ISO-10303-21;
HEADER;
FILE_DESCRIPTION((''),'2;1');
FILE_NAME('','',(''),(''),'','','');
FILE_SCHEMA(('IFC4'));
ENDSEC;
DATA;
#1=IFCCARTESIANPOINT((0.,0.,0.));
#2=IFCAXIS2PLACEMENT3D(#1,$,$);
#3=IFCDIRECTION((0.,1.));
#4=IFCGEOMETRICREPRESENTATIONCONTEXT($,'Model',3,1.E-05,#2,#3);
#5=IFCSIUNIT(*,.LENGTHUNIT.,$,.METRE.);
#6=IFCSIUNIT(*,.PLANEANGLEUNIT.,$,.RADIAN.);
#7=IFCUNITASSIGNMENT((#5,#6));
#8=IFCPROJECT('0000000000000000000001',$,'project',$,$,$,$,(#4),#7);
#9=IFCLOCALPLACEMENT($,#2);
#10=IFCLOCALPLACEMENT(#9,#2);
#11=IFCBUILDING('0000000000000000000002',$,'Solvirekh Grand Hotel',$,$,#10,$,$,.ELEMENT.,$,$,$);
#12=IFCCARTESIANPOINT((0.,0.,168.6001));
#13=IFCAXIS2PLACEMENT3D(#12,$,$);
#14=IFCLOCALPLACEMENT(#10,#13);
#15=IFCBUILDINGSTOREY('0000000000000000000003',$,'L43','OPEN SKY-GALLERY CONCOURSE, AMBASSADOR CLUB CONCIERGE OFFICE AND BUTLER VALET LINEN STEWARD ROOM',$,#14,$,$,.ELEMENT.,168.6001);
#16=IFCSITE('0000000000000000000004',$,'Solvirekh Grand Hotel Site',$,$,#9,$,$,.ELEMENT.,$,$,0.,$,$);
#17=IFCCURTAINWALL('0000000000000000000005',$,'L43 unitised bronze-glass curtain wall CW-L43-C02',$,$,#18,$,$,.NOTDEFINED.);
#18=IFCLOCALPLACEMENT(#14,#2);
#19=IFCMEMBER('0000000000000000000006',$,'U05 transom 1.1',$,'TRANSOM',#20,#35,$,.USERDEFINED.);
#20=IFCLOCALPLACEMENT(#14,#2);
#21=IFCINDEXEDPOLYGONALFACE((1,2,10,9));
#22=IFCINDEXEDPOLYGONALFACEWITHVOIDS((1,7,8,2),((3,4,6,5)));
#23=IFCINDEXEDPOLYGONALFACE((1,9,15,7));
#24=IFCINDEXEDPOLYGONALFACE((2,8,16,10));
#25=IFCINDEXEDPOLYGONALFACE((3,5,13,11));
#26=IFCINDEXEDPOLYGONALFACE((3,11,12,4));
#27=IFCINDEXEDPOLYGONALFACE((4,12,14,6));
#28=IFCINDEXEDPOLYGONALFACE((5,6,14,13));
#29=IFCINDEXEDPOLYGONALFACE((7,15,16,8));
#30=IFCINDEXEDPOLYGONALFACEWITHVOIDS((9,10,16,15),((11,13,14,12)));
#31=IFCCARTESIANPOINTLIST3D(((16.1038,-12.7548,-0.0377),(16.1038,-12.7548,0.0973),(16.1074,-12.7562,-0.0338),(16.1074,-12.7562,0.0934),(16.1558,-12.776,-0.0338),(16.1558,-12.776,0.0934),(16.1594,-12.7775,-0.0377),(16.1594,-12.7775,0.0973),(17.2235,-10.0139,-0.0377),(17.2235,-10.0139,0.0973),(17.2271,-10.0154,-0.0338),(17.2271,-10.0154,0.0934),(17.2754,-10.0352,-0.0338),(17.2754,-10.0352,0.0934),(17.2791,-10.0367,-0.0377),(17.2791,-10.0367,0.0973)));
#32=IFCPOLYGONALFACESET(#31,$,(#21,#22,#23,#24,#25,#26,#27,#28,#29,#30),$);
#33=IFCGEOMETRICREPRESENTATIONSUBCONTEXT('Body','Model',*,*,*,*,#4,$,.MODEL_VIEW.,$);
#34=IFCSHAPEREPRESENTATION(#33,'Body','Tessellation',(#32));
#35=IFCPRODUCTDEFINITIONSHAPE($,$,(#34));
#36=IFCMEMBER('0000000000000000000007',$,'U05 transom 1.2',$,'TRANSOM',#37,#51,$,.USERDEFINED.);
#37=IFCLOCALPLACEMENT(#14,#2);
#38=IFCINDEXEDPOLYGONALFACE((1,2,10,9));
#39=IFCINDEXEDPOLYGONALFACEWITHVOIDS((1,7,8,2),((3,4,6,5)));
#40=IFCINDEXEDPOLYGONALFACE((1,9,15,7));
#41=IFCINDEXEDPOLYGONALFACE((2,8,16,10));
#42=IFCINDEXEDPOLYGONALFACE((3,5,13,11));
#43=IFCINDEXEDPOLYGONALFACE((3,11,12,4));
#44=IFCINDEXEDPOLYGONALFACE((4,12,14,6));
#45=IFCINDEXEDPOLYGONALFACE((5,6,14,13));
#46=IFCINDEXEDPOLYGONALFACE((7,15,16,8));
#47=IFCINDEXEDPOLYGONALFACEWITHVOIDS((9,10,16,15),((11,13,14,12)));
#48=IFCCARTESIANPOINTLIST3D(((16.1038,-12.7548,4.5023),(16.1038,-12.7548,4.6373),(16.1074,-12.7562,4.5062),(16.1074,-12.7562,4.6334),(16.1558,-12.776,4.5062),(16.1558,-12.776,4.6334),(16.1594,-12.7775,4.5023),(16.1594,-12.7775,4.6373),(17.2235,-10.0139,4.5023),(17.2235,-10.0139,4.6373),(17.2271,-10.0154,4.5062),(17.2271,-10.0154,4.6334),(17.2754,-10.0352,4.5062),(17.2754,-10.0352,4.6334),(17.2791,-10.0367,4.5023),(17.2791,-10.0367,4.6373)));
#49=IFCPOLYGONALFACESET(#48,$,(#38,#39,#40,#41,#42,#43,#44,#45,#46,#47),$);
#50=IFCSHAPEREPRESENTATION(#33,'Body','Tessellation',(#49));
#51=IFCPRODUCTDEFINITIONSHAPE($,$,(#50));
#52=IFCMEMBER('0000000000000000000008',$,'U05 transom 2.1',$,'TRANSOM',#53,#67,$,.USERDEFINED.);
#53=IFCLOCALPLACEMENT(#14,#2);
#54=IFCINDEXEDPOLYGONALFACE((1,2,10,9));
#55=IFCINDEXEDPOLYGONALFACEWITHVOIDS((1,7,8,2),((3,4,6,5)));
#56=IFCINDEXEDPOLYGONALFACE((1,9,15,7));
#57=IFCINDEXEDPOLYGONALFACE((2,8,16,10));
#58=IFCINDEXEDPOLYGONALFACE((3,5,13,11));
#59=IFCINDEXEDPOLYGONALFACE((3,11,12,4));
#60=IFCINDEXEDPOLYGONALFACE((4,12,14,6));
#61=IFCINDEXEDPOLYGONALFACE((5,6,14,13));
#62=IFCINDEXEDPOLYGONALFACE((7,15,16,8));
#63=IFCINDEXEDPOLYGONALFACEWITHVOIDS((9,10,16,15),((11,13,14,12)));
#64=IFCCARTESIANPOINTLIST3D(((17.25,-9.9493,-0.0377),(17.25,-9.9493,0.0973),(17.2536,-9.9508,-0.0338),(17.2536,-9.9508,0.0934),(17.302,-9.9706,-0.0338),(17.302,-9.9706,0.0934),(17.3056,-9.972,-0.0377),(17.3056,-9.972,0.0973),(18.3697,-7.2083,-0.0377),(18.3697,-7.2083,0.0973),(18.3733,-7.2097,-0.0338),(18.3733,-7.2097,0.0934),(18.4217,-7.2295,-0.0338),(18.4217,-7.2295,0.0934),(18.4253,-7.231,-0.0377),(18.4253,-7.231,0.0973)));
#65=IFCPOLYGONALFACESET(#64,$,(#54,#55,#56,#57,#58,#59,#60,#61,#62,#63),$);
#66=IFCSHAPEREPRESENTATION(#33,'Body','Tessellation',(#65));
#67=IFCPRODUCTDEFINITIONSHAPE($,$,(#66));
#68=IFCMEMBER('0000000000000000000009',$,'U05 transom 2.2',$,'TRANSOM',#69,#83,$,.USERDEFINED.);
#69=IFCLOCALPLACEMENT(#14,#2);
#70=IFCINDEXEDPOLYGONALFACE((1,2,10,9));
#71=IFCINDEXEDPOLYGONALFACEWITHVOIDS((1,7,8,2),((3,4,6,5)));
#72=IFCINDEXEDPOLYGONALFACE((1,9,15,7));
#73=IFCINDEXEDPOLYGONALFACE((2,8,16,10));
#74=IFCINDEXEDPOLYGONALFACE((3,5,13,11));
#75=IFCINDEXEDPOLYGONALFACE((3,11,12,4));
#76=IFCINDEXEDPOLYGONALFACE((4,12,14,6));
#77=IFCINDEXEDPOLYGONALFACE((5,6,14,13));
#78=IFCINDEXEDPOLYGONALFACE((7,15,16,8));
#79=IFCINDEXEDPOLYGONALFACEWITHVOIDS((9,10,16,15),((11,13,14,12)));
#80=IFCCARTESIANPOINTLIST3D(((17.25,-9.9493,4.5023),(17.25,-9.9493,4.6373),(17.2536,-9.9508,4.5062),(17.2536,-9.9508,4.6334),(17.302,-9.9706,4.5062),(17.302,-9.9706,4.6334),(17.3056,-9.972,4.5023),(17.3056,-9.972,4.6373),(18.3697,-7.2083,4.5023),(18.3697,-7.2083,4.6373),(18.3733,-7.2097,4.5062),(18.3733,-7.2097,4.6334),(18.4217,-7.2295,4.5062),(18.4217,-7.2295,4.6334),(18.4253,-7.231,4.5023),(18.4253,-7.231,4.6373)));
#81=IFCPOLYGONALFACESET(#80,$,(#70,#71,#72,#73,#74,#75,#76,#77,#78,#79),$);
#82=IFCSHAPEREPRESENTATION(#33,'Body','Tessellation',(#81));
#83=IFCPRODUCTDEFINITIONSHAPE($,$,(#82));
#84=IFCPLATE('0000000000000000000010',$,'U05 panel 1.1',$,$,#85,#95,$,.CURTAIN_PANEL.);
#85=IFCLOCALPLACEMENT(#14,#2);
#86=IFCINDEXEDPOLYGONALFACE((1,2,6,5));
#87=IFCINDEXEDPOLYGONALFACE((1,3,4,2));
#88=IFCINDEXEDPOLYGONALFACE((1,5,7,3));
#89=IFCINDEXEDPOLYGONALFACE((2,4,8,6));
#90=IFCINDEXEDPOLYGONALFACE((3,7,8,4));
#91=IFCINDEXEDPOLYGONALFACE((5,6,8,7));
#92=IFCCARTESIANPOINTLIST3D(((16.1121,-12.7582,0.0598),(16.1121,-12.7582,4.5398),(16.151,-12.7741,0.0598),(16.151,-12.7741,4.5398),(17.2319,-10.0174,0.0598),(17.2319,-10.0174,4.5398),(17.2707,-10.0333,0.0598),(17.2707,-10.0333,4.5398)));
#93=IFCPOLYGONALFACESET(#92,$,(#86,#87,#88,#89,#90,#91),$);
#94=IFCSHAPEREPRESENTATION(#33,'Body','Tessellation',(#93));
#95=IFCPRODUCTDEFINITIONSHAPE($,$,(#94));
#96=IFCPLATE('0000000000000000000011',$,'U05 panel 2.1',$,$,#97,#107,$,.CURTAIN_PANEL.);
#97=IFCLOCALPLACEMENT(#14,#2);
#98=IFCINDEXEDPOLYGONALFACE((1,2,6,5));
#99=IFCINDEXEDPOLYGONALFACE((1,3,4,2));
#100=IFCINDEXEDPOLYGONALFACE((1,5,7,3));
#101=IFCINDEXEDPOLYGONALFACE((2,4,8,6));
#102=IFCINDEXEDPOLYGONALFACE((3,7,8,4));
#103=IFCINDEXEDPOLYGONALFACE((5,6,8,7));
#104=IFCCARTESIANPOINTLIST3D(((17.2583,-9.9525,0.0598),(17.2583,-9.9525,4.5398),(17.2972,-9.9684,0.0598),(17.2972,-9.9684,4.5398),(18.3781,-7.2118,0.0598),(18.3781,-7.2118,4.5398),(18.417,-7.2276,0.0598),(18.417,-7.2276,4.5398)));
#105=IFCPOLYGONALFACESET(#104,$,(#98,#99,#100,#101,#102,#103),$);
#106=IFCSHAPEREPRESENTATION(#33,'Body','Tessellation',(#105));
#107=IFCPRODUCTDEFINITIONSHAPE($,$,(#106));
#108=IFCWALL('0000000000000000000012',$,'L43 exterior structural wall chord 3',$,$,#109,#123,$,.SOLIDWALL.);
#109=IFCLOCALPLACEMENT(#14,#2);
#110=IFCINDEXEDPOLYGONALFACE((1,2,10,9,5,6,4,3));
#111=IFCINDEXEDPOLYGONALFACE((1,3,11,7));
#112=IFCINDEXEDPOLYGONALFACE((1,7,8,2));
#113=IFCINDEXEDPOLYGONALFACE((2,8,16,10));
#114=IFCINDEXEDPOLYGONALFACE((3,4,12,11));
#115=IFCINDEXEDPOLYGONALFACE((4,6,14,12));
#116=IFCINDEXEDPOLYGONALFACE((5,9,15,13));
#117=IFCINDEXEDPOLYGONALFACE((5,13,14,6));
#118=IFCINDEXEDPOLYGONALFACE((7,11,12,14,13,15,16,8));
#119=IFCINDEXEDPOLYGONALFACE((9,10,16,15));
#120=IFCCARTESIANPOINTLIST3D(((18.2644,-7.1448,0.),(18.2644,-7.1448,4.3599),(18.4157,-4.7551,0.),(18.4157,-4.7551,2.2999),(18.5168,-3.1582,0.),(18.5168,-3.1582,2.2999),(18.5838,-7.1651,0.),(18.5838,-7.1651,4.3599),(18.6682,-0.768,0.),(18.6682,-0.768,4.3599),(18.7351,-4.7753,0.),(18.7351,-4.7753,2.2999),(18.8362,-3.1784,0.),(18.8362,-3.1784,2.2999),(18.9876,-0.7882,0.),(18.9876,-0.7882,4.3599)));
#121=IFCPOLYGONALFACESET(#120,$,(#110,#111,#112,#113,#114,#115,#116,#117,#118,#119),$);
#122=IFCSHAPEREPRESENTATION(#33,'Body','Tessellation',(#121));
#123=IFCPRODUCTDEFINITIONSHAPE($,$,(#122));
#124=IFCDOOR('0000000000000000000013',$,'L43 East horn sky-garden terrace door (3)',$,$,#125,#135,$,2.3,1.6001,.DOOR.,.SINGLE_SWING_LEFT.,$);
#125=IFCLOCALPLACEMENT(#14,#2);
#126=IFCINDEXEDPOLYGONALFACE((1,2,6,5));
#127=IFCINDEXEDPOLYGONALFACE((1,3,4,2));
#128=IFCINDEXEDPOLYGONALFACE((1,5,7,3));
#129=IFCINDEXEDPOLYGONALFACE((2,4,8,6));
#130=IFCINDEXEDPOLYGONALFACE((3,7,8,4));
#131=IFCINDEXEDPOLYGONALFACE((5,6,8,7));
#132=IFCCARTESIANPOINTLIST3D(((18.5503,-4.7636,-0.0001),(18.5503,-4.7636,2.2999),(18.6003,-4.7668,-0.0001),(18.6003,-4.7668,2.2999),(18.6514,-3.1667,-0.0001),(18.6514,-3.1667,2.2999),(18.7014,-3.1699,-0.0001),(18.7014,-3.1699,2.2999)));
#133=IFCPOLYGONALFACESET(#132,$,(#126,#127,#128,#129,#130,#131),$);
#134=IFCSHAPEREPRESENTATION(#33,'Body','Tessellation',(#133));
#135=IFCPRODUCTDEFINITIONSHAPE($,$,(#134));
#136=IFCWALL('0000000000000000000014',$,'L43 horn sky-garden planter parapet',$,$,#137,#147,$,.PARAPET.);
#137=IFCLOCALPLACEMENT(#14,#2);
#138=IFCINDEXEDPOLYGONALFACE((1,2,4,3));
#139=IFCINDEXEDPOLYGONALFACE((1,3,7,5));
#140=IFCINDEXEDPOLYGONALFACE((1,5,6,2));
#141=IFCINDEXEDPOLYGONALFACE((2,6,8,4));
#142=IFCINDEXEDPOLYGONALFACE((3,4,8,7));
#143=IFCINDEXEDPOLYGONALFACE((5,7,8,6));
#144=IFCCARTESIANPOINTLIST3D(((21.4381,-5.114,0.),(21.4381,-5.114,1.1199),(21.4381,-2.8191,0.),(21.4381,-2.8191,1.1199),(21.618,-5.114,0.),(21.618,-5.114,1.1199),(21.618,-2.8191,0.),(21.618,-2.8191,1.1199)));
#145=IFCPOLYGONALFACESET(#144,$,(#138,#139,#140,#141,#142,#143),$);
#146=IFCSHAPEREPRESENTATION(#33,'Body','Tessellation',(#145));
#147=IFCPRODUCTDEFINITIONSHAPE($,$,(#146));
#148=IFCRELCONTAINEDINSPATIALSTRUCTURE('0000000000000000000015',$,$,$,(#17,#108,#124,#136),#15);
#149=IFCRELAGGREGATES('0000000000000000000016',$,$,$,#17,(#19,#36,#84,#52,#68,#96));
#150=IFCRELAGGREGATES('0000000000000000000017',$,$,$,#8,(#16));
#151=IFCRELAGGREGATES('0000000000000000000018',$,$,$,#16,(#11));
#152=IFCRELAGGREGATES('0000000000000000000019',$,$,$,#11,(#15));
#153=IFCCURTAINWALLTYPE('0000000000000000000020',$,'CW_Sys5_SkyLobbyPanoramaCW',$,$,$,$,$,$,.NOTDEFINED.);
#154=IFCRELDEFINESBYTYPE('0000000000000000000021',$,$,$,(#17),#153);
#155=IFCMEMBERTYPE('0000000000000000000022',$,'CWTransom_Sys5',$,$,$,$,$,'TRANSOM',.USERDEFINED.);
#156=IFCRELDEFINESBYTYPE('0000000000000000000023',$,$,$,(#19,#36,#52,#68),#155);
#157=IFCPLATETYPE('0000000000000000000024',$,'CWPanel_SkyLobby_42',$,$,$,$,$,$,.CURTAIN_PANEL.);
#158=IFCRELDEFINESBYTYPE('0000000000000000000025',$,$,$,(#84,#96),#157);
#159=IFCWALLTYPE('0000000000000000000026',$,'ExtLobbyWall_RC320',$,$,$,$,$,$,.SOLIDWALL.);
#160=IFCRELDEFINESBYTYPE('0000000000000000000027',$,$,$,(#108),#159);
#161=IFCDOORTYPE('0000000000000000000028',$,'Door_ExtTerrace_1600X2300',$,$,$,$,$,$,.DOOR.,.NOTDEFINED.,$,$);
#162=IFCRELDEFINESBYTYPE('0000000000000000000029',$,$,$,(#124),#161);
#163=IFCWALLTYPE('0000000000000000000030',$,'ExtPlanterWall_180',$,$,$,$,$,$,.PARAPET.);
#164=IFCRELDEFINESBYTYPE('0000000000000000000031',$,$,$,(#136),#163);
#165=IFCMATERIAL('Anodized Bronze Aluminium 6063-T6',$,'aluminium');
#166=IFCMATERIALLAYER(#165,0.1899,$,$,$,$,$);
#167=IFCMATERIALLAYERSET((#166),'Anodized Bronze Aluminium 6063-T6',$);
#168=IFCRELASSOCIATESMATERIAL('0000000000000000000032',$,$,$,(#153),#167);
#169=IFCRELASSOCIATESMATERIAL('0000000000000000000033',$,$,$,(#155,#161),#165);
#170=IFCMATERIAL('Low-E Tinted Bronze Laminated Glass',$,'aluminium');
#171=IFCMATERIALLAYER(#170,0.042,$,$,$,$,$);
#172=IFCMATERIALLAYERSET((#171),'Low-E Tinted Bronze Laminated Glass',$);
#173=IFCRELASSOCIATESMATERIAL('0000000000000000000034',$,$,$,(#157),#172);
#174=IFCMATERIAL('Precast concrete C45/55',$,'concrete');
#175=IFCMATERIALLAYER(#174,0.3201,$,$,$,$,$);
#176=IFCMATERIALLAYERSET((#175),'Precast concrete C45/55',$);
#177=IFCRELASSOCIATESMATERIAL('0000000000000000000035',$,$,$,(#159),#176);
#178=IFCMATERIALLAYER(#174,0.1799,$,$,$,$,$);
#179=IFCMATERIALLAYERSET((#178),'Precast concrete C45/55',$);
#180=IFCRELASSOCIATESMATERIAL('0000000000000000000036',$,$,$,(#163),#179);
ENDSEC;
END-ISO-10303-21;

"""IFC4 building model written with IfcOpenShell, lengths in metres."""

from ifc_helpers import new_model, si_unit, direction, frame, frame_2d, origin, origin_2d, place, context, subcontext, project, spatial, rectangle, hollow_rectangle, extrude, source, transform, mapped, material, layer, layer_set, material_profile, profile_set, type_object, element, fill, aggregate, save


model = new_model("IFC4")

# Units and contexts
model_context = context("Model", 3, precision=1e-05, world=origin(), true_north=direction((0.0, 1.0)))
body_context = subcontext(model_context, "Body", "Model", "MODEL_VIEW")
ifc_project = project(units=[si_unit("LENGTHUNIT", "METRE"), si_unit("PLANEANGLEUNIT", "RADIAN")], contexts=[model_context])

# Site, building, storey
site_placement = place(None, origin())
site = spatial("IfcSite", under=ifc_project, at=site_placement, Name="Solvirekh Grand Hotel Site", CompositionType="ELEMENT", RefElevation=0.0)
building_placement = place(site_placement, origin())
building = spatial("IfcBuilding", under=site, at=building_placement, Name="Solvirekh Grand Hotel", CompositionType="ELEMENT")
storey_placement = place(building_placement, frame((0.0, 0.0, 168.6001)))
storey = spatial("IfcBuildingStorey", under=building, at=storey_placement, Name="L43", Description="OPEN SKY-GALLERY CONCOURSE, AMBASSADOR CLUB CONCIERGE OFFICE AND BUTLER VALET LINEN STEWARD ROOM", CompositionType="ELEMENT", Elevation=168.6001)

# Curtain wall, members, plates
ifc_material_1 = material(Name="Anodized Bronze Aluminium 6063-T6", Category="aluminium")
ifc_layer_1 = layer(ifc_material_1, 0.1899)
ifc_layer_set_1 = layer_set([ifc_layer_1], Name="Anodized Bronze Aluminium 6063-T6")
curtain_wall_type = type_object("IfcCurtainWallType", Name="CW_Sys5_SkyLobbyPanoramaCW", PredefinedType="NOTDEFINED", material=ifc_layer_set_1)
curtain_wall_placement = place(storey_placement, origin())
curtain_wall = element("IfcCurtainWall", 1, at=curtain_wall_placement, inside=storey, type_object=curtain_wall_type, Name="L43 unitised bronze-glass curtain wall CW-L43-C02", PredefinedType="NOTDEFINED")
ifc_material_profile_1 = material_profile(ifc_material_1, hollow_rectangle(XDim=0.0601, YDim=0.135, WallThickness=0.0039, at=origin_2d()), Name="ALU RHS 135X60X4")
ifc_profile_set_1 = profile_set([ifc_material_profile_1], Name="Anodized Bronze Aluminium 6063-T6")
member_type_1 = type_object("IfcMemberType", Name="CWTransom_Sys5", ElementType="TRANSOM", PredefinedType="USERDEFINED", material=ifc_profile_set_1)
shared_shape_1 = source(origin(), body_context, "Body", "SweptSolid", [
    extrude(hollow_rectangle(XDim=0.0601, YDim=0.135, WallThickness=0.0039, at=origin_2d()), origin(), (0.0, 0.0, 1.0), 2.9607),
])
member_1_placement = place(storey_placement, frame((16.1316, -12.7661, 0.0298), z_axis=(0.378177, 0.925733, 0.0), x_axis=(-0.925733, 0.378177, 0.0)))
member_1 = element("IfcMember", 2, at=member_1_placement, type_object=member_type_1, Name="U05 transom 1.1", ObjectType="TRANSOM", PredefinedType="USERDEFINED", context=body_context, shape_type="MappedRepresentation", body=[
    mapped(shared_shape_1, transform((0.0, 0.0, 0.0), x_axis=(1.0, 0.0, 0.0), y_axis=(0.0, 1.0, 0.0), z_axis=(0.0, 0.0, 1.0), scale=1.0)),
])
member_2_placement = place(storey_placement, frame((16.1316, -12.7661, 4.5698), z_axis=(0.378177, 0.925733, 0.0), x_axis=(-0.925733, 0.378177, 0.0)))
member_2 = element("IfcMember", 3, at=member_2_placement, type_object=member_type_1, Name="U05 transom 1.2", ObjectType="TRANSOM", PredefinedType="USERDEFINED", context=body_context, shape_type="MappedRepresentation", body=[
    mapped(shared_shape_1, transform((0.0, 0.0, 0.0), x_axis=(1.0, 0.0, 0.0), y_axis=(0.0, 1.0, 0.0), z_axis=(0.0, 0.0, 1.0), scale=1.0)),
])
shared_shape_2 = source(origin(), body_context, "Body", "SweptSolid", [
    extrude(hollow_rectangle(XDim=0.0601, YDim=0.135, WallThickness=0.0039, at=origin_2d()), origin(), (0.0, 0.0, 1.0), 2.9609),
])
member_3_placement = place(storey_placement, frame((17.2778, -9.9607, 0.0298), z_axis=(0.378148, 0.925745, 0.0), x_axis=(-0.925745, 0.378148, 0.0)))
member_3 = element("IfcMember", 4, at=member_3_placement, type_object=member_type_1, Name="U05 transom 2.1", ObjectType="TRANSOM", PredefinedType="USERDEFINED", context=body_context, shape_type="MappedRepresentation", body=[
    mapped(shared_shape_2, transform((0.0, 0.0, 0.0), x_axis=(1.0, 0.0, 0.0), y_axis=(0.0, 1.0, 0.0), z_axis=(0.0, 0.0, 1.0), scale=1.0)),
])
member_4_placement = place(storey_placement, frame((17.2778, -9.9607, 4.5698), z_axis=(0.378148, 0.925745, 0.0), x_axis=(-0.925745, 0.378148, 0.0)))
member_4 = element("IfcMember", 5, at=member_4_placement, type_object=member_type_1, Name="U05 transom 2.2", ObjectType="TRANSOM", PredefinedType="USERDEFINED", context=body_context, shape_type="MappedRepresentation", body=[
    mapped(shared_shape_2, transform((0.0, 0.0, 0.0), x_axis=(1.0, 0.0, 0.0), y_axis=(0.0, 1.0, 0.0), z_axis=(0.0, 0.0, 1.0), scale=1.0)),
])
ifc_material_2 = material(Name="Low-E Tinted Bronze Laminated Glass", Category="aluminium")
ifc_layer_2 = layer(ifc_material_2, 0.042)
ifc_layer_set_2 = layer_set([ifc_layer_2], Name="Low-E Tinted Bronze Laminated Glass")
plate_type = type_object("IfcPlateType", Name="CWPanel_SkyLobby_42", PredefinedType="CURTAIN_PANEL", material=ifc_layer_set_2)
shared_shape_3 = source(origin(), body_context, "Body", "SweptSolid", [
    extrude(rectangle(XDim=2.9607, YDim=0.042, at=origin_2d()), origin(), (0.0, 0.0, 1.0), 4.48),
])
plate_1_placement = place(storey_placement, frame((16.6914, -11.3958, 0.0598), z_axis=(0.0, 0.0, 1.0), x_axis=(0.378214, 0.925718, 0.0)))
plate_1 = element("IfcPlate", 6, at=plate_1_placement, type_object=plate_type, Name="U05 panel 1.1", PredefinedType="CURTAIN_PANEL", context=body_context, shape_type="MappedRepresentation", body=[
    mapped(shared_shape_3, transform((0.0, 0.0, 0.0), x_axis=(1.0, 0.0, 0.0), y_axis=(0.0, 1.0, 0.0), z_axis=(0.0, 0.0, 1.0), scale=1.0)),
])
plate_2_placement = place(storey_placement, frame((17.8376, -8.5901, 0.0598), z_axis=(0.0, 0.0, 1.0), x_axis=(0.378214, 0.925718, 0.0)))
plate_2 = element("IfcPlate", 7, at=plate_2_placement, type_object=plate_type, Name="U05 panel 2.1", PredefinedType="CURTAIN_PANEL", context=body_context, shape_type="MappedRepresentation", body=[
    mapped(shared_shape_3, transform((0.0, 0.0, 0.0), x_axis=(1.0, 0.0, 0.0), y_axis=(0.0, 1.0, 0.0), z_axis=(0.0, 0.0, 1.0), scale=1.0)),
])
aggregate(curtain_wall, [member_1, member_2, plate_1, member_3, member_4, plate_2])

# Wall, opening, door
ifc_material_3 = material(Name="Precast concrete C45/55", Category="concrete")
ifc_layer_3 = layer(ifc_material_3, 0.3201)
ifc_layer_set_3 = layer_set([ifc_layer_3], Name="Precast concrete C45/55")
wall_type_1 = type_object("IfcWallType", Name="ExtLobbyWall_RC320", PredefinedType="SOLIDWALL", material=ifc_layer_set_3)
wall_1_placement = place(storey_placement, frame((18.8279, -0.7781, 0.0), z_axis=(0.0, 0.0, 1.0), x_axis=(-0.063197, -0.998001, 0.0)))
wall_1 = element("IfcWall", 8, at=wall_1_placement, inside=storey, type_object=wall_type_1, Name="L43 exterior structural wall chord 3", PredefinedType="SOLIDWALL", context=body_context, shape_type="SweptSolid", body=[
    extrude(rectangle(XDim=6.3896, YDim=0.3201, at=frame_2d((3.1948, 0.0))), origin(), (0.0, 0.0, 1.0), 4.3599),
])
opening_1_placement = place(wall_1_placement, frame((2.395, 0.0, 0.0)))
opening_1 = element("IfcOpeningElement", 9, at=opening_1_placement, cuts=wall_1, PredefinedType="OPENING", context=body_context, shape_type="SweptSolid", body=[
    extrude(rectangle(XDim=1.6001, YDim=2.3, at=frame_2d((0.8, 1.1499))), frame((0.0, 0.1699, 0.0), z_axis=(0.0, -1.0, 0.0), x_axis=(1.0, 0.0, 0.0)), (0.0, 0.0, 1.0), 0.3401),
])
door_type_1 = type_object("IfcDoorType", Name="Door_ExtTerrace_1600X2300", OperationType="NOTDEFINED", PredefinedType="DOOR", material=ifc_material_1)
door_1_placement = place(opening_1_placement, origin())
door_1 = element("IfcDoor", 10, at=door_1_placement, inside=storey, type_object=door_type_1, Name="L43 East horn sky-garden terrace door (3)", OperationType="SINGLE_SWING_LEFT", OverallHeight=2.3, OverallWidth=1.6001, PredefinedType="DOOR", context=body_context, shape_type="SweptSolid", body=[
    extrude(rectangle(XDim=1.6001, YDim=2.3, at=frame_2d((0.8, 1.1499))), frame((0.0, 0.0249, 0.0), z_axis=(0.0, -1.0, 0.0), x_axis=(1.0, 0.0, 0.0)), (0.0, 0.0, 1.0), 0.05),
])
fill(opening_1, door_1)

# Wall
ifc_layer_4 = layer(ifc_material_3, 0.1799)
ifc_layer_set_4 = layer_set([ifc_layer_4], Name="Precast concrete C45/55")
wall_type_2 = type_object("IfcWallType", Name="ExtPlanterWall_180", PredefinedType="PARAPET", material=ifc_layer_set_4)
wall_2_placement = place(storey_placement, frame((21.5281, -5.114, 0.0), z_axis=(0.0, 0.0, 1.0), x_axis=(0.0, 1.0, 0.0)))
element("IfcWall", 11, at=wall_2_placement, inside=storey, type_object=wall_type_2, Name="L43 horn sky-garden planter parapet", PredefinedType="PARAPET", context=body_context, shape_type="SweptSolid", body=[
    extrude(rectangle(XDim=2.2949, YDim=0.1799, at=frame_2d((1.1475, 0.0))), origin(), (0.0, 0.0, 1.0), 1.1199),
])

save(model, "model.ifc")
